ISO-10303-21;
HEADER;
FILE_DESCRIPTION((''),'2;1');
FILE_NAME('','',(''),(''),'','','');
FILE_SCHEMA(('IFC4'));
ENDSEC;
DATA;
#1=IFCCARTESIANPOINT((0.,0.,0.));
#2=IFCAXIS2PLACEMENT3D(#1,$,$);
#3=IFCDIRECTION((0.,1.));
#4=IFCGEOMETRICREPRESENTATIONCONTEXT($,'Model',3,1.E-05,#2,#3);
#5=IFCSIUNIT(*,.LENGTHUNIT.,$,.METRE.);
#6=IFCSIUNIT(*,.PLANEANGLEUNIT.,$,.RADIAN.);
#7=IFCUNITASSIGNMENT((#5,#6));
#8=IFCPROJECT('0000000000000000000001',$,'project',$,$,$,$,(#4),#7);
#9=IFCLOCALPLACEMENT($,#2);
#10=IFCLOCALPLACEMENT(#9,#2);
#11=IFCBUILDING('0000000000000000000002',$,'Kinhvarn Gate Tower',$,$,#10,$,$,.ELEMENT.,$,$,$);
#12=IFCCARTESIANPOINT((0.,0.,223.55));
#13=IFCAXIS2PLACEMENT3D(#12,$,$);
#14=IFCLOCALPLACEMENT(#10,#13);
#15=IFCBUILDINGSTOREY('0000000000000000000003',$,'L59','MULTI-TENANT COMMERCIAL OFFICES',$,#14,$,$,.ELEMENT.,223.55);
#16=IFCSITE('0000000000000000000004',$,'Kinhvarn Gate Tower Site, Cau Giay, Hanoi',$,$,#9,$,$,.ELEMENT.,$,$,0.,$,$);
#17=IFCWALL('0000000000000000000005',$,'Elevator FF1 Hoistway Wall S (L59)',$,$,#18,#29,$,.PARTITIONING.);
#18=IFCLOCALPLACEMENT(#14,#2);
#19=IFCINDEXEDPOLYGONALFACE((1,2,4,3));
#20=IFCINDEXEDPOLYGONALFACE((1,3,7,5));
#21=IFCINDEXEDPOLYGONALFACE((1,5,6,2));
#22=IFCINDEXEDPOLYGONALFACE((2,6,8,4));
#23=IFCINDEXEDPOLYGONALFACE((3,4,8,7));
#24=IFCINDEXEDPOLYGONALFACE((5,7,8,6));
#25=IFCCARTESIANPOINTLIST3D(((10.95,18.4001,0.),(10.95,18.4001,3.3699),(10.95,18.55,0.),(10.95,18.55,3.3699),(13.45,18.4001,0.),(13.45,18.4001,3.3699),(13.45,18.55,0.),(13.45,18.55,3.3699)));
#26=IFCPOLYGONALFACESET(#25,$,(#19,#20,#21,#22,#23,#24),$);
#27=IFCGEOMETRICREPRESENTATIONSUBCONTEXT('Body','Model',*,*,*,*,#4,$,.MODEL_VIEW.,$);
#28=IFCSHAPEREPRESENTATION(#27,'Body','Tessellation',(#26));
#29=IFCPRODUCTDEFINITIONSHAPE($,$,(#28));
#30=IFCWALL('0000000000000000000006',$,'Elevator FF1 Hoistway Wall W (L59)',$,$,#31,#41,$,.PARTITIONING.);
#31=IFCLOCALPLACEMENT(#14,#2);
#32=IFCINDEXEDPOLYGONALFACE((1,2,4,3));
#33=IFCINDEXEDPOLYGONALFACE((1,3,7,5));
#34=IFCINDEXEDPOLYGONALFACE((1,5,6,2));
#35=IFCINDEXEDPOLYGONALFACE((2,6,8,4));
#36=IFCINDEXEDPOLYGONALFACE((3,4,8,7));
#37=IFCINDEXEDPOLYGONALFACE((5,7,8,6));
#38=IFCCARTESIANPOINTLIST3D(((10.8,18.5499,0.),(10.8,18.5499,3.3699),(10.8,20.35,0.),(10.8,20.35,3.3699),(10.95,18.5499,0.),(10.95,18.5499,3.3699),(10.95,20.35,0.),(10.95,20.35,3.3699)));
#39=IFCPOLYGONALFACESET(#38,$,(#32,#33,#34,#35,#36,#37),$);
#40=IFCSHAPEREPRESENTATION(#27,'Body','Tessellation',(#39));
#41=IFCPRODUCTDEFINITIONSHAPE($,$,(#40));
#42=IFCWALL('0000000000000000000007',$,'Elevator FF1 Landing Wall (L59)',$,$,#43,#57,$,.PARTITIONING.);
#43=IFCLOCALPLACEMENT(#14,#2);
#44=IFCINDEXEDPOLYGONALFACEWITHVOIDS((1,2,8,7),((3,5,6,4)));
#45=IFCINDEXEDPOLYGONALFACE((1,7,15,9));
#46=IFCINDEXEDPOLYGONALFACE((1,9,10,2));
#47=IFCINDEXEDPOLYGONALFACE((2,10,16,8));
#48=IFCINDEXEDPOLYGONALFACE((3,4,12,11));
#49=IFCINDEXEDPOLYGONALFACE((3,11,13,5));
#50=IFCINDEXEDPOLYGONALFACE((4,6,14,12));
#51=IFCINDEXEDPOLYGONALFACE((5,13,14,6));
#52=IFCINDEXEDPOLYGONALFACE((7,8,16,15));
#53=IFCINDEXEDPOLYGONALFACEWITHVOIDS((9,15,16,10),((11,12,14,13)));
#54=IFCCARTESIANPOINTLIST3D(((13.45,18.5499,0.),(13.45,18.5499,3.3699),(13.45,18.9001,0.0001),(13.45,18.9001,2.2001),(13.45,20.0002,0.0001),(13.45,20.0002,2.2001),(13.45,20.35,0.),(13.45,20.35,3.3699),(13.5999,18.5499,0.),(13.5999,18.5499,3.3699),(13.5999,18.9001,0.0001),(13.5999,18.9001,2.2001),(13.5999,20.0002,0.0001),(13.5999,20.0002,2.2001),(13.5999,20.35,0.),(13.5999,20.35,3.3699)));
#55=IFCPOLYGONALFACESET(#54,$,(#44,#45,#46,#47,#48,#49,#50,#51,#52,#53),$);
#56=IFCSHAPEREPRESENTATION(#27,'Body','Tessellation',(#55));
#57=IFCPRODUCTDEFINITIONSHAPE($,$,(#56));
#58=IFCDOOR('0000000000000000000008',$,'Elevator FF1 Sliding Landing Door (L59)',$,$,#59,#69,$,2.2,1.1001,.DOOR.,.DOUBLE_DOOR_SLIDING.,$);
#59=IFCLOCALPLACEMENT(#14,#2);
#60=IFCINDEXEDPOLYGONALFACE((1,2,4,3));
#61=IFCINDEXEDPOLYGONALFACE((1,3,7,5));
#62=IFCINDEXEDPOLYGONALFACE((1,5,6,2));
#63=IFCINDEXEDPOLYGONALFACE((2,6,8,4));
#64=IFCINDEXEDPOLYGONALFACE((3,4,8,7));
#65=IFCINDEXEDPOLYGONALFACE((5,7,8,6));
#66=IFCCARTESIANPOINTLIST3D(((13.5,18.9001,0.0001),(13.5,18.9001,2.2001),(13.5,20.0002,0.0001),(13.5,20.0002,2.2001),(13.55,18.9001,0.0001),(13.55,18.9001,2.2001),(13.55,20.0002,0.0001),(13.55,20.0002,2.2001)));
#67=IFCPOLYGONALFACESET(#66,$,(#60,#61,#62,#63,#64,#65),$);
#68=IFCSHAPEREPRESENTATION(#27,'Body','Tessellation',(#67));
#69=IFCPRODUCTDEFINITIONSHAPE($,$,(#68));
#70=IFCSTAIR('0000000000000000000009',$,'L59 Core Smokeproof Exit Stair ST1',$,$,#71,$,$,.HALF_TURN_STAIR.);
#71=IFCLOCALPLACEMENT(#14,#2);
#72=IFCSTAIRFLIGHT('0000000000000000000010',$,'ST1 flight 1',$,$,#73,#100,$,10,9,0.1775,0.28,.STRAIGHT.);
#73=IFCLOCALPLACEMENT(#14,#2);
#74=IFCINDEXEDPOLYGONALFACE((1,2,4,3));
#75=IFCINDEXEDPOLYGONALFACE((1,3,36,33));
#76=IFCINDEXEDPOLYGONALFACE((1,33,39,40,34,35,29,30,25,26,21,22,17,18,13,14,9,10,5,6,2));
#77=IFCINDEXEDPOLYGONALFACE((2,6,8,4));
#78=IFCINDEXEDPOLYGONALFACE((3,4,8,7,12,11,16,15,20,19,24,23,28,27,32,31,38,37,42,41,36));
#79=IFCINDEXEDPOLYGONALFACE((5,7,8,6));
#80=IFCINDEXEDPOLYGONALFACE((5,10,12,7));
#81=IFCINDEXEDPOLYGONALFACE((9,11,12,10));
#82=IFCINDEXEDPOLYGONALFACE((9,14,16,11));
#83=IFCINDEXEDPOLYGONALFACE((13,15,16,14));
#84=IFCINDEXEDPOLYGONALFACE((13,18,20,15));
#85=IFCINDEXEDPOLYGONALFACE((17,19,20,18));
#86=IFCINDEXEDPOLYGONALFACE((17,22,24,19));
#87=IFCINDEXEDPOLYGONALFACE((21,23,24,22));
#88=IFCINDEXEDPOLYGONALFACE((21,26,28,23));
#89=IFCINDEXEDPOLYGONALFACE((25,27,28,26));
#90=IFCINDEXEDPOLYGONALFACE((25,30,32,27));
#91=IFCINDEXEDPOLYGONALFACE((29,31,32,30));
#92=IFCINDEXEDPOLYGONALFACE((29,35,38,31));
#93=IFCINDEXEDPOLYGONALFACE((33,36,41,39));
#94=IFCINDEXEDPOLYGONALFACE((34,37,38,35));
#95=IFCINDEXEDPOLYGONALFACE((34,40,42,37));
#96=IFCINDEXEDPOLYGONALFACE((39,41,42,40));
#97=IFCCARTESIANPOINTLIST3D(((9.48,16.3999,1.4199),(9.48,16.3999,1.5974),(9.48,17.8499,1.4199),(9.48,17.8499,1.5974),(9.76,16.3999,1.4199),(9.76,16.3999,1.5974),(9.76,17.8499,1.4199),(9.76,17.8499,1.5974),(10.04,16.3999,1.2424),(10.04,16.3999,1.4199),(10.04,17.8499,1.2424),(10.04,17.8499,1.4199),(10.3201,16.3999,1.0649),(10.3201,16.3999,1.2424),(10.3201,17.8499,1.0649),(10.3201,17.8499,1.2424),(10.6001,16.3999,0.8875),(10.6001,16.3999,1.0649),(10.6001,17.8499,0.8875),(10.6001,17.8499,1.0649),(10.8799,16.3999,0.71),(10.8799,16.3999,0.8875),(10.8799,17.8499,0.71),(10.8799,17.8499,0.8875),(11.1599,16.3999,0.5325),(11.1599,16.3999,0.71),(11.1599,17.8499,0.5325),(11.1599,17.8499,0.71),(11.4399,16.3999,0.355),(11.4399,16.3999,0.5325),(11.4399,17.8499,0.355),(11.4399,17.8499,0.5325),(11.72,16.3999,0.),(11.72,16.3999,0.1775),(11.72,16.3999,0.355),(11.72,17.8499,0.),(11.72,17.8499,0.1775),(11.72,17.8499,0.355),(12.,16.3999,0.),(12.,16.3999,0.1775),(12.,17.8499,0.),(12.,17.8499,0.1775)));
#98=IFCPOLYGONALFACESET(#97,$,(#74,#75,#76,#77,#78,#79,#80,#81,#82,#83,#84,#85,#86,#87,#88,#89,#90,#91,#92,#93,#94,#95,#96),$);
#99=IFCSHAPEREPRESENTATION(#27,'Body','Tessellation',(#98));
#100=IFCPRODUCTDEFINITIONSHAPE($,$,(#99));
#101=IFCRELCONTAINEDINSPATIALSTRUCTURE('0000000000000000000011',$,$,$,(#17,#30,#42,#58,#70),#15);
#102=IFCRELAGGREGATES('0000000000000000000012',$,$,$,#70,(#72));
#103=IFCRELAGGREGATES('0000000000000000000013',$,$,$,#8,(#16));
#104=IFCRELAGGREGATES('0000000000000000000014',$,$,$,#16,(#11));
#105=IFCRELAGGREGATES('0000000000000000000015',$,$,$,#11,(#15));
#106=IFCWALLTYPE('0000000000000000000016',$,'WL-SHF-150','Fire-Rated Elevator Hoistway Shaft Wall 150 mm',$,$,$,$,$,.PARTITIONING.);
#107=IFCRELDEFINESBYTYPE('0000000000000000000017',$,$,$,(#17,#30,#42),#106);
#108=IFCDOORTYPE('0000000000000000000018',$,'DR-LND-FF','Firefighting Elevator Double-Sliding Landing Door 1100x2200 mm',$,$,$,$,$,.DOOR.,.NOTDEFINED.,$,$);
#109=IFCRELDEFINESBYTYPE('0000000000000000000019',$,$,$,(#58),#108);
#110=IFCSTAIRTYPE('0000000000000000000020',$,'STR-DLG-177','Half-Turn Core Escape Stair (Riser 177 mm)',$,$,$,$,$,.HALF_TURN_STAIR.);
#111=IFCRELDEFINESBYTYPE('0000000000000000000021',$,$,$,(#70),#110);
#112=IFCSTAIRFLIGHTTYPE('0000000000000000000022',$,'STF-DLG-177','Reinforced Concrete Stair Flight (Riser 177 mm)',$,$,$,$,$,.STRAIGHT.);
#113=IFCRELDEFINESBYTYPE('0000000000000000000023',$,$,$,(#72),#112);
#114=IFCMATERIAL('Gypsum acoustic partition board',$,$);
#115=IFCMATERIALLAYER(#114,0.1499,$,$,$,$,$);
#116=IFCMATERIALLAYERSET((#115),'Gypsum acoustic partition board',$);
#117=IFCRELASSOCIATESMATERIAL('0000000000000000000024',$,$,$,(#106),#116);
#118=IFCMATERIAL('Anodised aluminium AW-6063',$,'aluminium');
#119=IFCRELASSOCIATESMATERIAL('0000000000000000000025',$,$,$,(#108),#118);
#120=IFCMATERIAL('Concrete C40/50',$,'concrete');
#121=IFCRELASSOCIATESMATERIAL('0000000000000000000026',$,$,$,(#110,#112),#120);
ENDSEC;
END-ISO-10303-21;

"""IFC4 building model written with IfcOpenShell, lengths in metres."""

from ifc_helpers import new_model, si_unit, direction, frame, frame_2d, origin, place, context, subcontext, project, spatial, polyline, rectangle, outline, extrude, material, layer, layer_set, type_object, element, fill, aggregate, save


model = new_model("IFC4")

# Units and contexts
model_context = context("Model", 3, precision=1e-05, world=origin(), true_north=direction((0.0, 1.0)))
body_context = subcontext(model_context, "Body", "Model", "MODEL_VIEW")
ifc_project = project(units=[si_unit("LENGTHUNIT", "METRE"), si_unit("PLANEANGLEUNIT", "RADIAN")], contexts=[model_context])

# Site, building, storey
site_placement = place(None, origin())
site = spatial("IfcSite", under=ifc_project, at=site_placement, Name="Kinhvarn Gate Tower Site, Cau Giay, Hanoi", CompositionType="ELEMENT", RefElevation=0.0)
building_placement = place(site_placement, origin())
building = spatial("IfcBuilding", under=site, at=building_placement, Name="Kinhvarn Gate Tower", CompositionType="ELEMENT")
storey_placement = place(building_placement, frame((0.0, 0.0, 223.55)))
storey = spatial("IfcBuildingStorey", under=building, at=storey_placement, Name="L59", Description="MULTI-TENANT COMMERCIAL OFFICES", CompositionType="ELEMENT", Elevation=223.55)

# Shared definitions
ifc_material_1 = material(Name="Anodised aluminium AW-6063", Category="aluminium")

# Shared definitions
ifc_material_2 = material(Name="Gypsum acoustic partition board")

# Walls
ifc_layer_1 = layer(ifc_material_2, 0.1499)
ifc_layer_set_1 = layer_set([ifc_layer_1], Name="Gypsum acoustic partition board")
wall_type_1 = type_object("IfcWallType", Name="WL-SHF-150", Description="Fire-Rated Elevator Hoistway Shaft Wall 150 mm", PredefinedType="PARTITIONING", material=ifc_layer_set_1)
wall_1_placement = place(storey_placement, frame((10.95, 18.4751, 0.0), z_axis=(0.0, 0.0, 1.0), x_axis=(1.0, 0.0, 0.0)))
element("IfcWall", 1, at=wall_1_placement, inside=storey, type_object=wall_type_1, Name="Elevator FF1 Hoistway Wall S (L59)", PredefinedType="PARTITIONING", context=body_context, shape_type="SweptSolid", body=[
    extrude(rectangle(XDim=2.5, YDim=0.1499, at=frame_2d((1.25, 0.0))), origin(), (0.0, 0.0, 1.0), 3.3699),
])
wall_2_placement = place(storey_placement, frame((10.875, 18.55, 0.0), z_axis=(0.0, 0.0, 1.0), x_axis=(0.0, 1.0, 0.0)))
element("IfcWall", 2, at=wall_2_placement, inside=storey, type_object=wall_type_1, Name="Elevator FF1 Hoistway Wall W (L59)", PredefinedType="PARTITIONING", context=body_context, shape_type="SweptSolid", body=[
    extrude(rectangle(XDim=1.8, YDim=0.1499, at=frame_2d((0.8999, 0.0))), origin(), (0.0, 0.0, 1.0), 3.3699),
])

# Wall, opening, door
wall_3_placement = place(storey_placement, frame((13.5249, 18.55, 0.0), z_axis=(0.0, 0.0, 1.0), x_axis=(0.0, 1.0, 0.0)))
wall_3 = element("IfcWall", 3, at=wall_3_placement, inside=storey, type_object=wall_type_1, Name="Elevator FF1 Landing Wall (L59)", PredefinedType="PARTITIONING", context=body_context, shape_type="SweptSolid", body=[
    extrude(rectangle(XDim=1.8, YDim=0.1499, at=frame_2d((0.8999, 0.0))), origin(), (0.0, 0.0, 1.0), 3.3699),
])
opening_1_placement = place(wall_3_placement, frame((0.3501, 0.0, 0.0)))
opening_1 = element("IfcOpeningElement", 4, at=opening_1_placement, cuts=wall_3, PredefinedType="OPENING", context=body_context, shape_type="SweptSolid", body=[
    extrude(rectangle(XDim=1.1001, YDim=2.2, at=frame_2d((0.55, 1.1001))), frame((0.0, 0.085, 0.0), z_axis=(0.0, -1.0, 0.0), x_axis=(1.0, 0.0, 0.0)), (0.0, 0.0, 1.0), 0.1699),
])
door_type_1 = type_object("IfcDoorType", Name="DR-LND-FF", Description="Firefighting Elevator Double-Sliding Landing Door 1100x2200 mm", OperationType="NOTDEFINED", PredefinedType="DOOR", material=ifc_material_1)
door_1_placement = place(opening_1_placement, origin())
door_1 = element("IfcDoor", 5, at=door_1_placement, inside=storey, type_object=door_type_1, Name="Elevator FF1 Sliding Landing Door (L59)", OperationType="DOUBLE_DOOR_SLIDING", OverallHeight=2.2, OverallWidth=1.1001, PredefinedType="DOOR", context=body_context, shape_type="SweptSolid", body=[
    extrude(rectangle(XDim=1.1001, YDim=2.2, at=frame_2d((0.55, 1.1001))), frame((0.0, 0.0249, 0.0), z_axis=(0.0, -1.0, 0.0), x_axis=(1.0, 0.0, 0.0)), (0.0, 0.0, 1.0), 0.05),
])
fill(opening_1, door_1)
ifc_material_3 = material(Name="Concrete C40/50", Category="concrete")

# Stair, stair flight
stair_type = type_object("IfcStairType", Name="STR-DLG-177", Description="Half-Turn Core Escape Stair (Riser 177 mm)", PredefinedType="HALF_TURN_STAIR", material=ifc_material_3)
stair_placement = place(storey_placement, origin())
stair = element("IfcStair", 6, at=stair_placement, inside=storey, type_object=stair_type, Name="L59 Core Smokeproof Exit Stair ST1", PredefinedType="HALF_TURN_STAIR")
stair_flight_type = type_object("IfcStairFlightType", Name="STF-DLG-177", Description="Reinforced Concrete Stair Flight (Riser 177 mm)", PredefinedType="STRAIGHT", material=ifc_material_3)
stair_flight_placement = place(storey_placement, frame((12.0, 17.125, 0.0), z_axis=(0.0, 0.0, 1.0), x_axis=(-1.0, 0.0, 0.0)))
stair_flight = element("IfcStairFlight", 7, at=stair_flight_placement, type_object=stair_flight_type, Name="ST1 flight 1", NumberOfRisers=10, NumberOfTreads=9, PredefinedType="STRAIGHT", RiserHeight=0.1775, TreadLength=0.28, context=body_context, shape_type="SweptSolid", body=[
    extrude(outline(polyline([(0.0, 0.0), (0.0, 0.1775), (0.28, 0.1775), (0.28, 0.355), (0.5601, 0.355), (0.5601, 0.5325), (0.8401, 0.5325), (0.8401, 0.71), (1.1201, 0.71), (1.1201, 0.8875), (1.3999, 0.8875), (1.3999, 1.0649), (1.6799, 1.0649), (1.6799, 1.2424), (1.96, 1.2424), (1.96, 1.4199), (2.24, 1.4199), (2.24, 1.5974), (2.52, 1.5974), (2.52, 1.7749), (2.52, 1.4199), (0.28, 0.0), (0.0, 0.0)])), frame((0.0, 0.7251, 0.0), z_axis=(0.0, -1.0, 0.0), x_axis=(1.0, 0.0, 0.0)), (0.0, 0.0, 1.0), 1.45),
])
aggregate(stair, [stair_flight])

save(model, "model.ifc")
